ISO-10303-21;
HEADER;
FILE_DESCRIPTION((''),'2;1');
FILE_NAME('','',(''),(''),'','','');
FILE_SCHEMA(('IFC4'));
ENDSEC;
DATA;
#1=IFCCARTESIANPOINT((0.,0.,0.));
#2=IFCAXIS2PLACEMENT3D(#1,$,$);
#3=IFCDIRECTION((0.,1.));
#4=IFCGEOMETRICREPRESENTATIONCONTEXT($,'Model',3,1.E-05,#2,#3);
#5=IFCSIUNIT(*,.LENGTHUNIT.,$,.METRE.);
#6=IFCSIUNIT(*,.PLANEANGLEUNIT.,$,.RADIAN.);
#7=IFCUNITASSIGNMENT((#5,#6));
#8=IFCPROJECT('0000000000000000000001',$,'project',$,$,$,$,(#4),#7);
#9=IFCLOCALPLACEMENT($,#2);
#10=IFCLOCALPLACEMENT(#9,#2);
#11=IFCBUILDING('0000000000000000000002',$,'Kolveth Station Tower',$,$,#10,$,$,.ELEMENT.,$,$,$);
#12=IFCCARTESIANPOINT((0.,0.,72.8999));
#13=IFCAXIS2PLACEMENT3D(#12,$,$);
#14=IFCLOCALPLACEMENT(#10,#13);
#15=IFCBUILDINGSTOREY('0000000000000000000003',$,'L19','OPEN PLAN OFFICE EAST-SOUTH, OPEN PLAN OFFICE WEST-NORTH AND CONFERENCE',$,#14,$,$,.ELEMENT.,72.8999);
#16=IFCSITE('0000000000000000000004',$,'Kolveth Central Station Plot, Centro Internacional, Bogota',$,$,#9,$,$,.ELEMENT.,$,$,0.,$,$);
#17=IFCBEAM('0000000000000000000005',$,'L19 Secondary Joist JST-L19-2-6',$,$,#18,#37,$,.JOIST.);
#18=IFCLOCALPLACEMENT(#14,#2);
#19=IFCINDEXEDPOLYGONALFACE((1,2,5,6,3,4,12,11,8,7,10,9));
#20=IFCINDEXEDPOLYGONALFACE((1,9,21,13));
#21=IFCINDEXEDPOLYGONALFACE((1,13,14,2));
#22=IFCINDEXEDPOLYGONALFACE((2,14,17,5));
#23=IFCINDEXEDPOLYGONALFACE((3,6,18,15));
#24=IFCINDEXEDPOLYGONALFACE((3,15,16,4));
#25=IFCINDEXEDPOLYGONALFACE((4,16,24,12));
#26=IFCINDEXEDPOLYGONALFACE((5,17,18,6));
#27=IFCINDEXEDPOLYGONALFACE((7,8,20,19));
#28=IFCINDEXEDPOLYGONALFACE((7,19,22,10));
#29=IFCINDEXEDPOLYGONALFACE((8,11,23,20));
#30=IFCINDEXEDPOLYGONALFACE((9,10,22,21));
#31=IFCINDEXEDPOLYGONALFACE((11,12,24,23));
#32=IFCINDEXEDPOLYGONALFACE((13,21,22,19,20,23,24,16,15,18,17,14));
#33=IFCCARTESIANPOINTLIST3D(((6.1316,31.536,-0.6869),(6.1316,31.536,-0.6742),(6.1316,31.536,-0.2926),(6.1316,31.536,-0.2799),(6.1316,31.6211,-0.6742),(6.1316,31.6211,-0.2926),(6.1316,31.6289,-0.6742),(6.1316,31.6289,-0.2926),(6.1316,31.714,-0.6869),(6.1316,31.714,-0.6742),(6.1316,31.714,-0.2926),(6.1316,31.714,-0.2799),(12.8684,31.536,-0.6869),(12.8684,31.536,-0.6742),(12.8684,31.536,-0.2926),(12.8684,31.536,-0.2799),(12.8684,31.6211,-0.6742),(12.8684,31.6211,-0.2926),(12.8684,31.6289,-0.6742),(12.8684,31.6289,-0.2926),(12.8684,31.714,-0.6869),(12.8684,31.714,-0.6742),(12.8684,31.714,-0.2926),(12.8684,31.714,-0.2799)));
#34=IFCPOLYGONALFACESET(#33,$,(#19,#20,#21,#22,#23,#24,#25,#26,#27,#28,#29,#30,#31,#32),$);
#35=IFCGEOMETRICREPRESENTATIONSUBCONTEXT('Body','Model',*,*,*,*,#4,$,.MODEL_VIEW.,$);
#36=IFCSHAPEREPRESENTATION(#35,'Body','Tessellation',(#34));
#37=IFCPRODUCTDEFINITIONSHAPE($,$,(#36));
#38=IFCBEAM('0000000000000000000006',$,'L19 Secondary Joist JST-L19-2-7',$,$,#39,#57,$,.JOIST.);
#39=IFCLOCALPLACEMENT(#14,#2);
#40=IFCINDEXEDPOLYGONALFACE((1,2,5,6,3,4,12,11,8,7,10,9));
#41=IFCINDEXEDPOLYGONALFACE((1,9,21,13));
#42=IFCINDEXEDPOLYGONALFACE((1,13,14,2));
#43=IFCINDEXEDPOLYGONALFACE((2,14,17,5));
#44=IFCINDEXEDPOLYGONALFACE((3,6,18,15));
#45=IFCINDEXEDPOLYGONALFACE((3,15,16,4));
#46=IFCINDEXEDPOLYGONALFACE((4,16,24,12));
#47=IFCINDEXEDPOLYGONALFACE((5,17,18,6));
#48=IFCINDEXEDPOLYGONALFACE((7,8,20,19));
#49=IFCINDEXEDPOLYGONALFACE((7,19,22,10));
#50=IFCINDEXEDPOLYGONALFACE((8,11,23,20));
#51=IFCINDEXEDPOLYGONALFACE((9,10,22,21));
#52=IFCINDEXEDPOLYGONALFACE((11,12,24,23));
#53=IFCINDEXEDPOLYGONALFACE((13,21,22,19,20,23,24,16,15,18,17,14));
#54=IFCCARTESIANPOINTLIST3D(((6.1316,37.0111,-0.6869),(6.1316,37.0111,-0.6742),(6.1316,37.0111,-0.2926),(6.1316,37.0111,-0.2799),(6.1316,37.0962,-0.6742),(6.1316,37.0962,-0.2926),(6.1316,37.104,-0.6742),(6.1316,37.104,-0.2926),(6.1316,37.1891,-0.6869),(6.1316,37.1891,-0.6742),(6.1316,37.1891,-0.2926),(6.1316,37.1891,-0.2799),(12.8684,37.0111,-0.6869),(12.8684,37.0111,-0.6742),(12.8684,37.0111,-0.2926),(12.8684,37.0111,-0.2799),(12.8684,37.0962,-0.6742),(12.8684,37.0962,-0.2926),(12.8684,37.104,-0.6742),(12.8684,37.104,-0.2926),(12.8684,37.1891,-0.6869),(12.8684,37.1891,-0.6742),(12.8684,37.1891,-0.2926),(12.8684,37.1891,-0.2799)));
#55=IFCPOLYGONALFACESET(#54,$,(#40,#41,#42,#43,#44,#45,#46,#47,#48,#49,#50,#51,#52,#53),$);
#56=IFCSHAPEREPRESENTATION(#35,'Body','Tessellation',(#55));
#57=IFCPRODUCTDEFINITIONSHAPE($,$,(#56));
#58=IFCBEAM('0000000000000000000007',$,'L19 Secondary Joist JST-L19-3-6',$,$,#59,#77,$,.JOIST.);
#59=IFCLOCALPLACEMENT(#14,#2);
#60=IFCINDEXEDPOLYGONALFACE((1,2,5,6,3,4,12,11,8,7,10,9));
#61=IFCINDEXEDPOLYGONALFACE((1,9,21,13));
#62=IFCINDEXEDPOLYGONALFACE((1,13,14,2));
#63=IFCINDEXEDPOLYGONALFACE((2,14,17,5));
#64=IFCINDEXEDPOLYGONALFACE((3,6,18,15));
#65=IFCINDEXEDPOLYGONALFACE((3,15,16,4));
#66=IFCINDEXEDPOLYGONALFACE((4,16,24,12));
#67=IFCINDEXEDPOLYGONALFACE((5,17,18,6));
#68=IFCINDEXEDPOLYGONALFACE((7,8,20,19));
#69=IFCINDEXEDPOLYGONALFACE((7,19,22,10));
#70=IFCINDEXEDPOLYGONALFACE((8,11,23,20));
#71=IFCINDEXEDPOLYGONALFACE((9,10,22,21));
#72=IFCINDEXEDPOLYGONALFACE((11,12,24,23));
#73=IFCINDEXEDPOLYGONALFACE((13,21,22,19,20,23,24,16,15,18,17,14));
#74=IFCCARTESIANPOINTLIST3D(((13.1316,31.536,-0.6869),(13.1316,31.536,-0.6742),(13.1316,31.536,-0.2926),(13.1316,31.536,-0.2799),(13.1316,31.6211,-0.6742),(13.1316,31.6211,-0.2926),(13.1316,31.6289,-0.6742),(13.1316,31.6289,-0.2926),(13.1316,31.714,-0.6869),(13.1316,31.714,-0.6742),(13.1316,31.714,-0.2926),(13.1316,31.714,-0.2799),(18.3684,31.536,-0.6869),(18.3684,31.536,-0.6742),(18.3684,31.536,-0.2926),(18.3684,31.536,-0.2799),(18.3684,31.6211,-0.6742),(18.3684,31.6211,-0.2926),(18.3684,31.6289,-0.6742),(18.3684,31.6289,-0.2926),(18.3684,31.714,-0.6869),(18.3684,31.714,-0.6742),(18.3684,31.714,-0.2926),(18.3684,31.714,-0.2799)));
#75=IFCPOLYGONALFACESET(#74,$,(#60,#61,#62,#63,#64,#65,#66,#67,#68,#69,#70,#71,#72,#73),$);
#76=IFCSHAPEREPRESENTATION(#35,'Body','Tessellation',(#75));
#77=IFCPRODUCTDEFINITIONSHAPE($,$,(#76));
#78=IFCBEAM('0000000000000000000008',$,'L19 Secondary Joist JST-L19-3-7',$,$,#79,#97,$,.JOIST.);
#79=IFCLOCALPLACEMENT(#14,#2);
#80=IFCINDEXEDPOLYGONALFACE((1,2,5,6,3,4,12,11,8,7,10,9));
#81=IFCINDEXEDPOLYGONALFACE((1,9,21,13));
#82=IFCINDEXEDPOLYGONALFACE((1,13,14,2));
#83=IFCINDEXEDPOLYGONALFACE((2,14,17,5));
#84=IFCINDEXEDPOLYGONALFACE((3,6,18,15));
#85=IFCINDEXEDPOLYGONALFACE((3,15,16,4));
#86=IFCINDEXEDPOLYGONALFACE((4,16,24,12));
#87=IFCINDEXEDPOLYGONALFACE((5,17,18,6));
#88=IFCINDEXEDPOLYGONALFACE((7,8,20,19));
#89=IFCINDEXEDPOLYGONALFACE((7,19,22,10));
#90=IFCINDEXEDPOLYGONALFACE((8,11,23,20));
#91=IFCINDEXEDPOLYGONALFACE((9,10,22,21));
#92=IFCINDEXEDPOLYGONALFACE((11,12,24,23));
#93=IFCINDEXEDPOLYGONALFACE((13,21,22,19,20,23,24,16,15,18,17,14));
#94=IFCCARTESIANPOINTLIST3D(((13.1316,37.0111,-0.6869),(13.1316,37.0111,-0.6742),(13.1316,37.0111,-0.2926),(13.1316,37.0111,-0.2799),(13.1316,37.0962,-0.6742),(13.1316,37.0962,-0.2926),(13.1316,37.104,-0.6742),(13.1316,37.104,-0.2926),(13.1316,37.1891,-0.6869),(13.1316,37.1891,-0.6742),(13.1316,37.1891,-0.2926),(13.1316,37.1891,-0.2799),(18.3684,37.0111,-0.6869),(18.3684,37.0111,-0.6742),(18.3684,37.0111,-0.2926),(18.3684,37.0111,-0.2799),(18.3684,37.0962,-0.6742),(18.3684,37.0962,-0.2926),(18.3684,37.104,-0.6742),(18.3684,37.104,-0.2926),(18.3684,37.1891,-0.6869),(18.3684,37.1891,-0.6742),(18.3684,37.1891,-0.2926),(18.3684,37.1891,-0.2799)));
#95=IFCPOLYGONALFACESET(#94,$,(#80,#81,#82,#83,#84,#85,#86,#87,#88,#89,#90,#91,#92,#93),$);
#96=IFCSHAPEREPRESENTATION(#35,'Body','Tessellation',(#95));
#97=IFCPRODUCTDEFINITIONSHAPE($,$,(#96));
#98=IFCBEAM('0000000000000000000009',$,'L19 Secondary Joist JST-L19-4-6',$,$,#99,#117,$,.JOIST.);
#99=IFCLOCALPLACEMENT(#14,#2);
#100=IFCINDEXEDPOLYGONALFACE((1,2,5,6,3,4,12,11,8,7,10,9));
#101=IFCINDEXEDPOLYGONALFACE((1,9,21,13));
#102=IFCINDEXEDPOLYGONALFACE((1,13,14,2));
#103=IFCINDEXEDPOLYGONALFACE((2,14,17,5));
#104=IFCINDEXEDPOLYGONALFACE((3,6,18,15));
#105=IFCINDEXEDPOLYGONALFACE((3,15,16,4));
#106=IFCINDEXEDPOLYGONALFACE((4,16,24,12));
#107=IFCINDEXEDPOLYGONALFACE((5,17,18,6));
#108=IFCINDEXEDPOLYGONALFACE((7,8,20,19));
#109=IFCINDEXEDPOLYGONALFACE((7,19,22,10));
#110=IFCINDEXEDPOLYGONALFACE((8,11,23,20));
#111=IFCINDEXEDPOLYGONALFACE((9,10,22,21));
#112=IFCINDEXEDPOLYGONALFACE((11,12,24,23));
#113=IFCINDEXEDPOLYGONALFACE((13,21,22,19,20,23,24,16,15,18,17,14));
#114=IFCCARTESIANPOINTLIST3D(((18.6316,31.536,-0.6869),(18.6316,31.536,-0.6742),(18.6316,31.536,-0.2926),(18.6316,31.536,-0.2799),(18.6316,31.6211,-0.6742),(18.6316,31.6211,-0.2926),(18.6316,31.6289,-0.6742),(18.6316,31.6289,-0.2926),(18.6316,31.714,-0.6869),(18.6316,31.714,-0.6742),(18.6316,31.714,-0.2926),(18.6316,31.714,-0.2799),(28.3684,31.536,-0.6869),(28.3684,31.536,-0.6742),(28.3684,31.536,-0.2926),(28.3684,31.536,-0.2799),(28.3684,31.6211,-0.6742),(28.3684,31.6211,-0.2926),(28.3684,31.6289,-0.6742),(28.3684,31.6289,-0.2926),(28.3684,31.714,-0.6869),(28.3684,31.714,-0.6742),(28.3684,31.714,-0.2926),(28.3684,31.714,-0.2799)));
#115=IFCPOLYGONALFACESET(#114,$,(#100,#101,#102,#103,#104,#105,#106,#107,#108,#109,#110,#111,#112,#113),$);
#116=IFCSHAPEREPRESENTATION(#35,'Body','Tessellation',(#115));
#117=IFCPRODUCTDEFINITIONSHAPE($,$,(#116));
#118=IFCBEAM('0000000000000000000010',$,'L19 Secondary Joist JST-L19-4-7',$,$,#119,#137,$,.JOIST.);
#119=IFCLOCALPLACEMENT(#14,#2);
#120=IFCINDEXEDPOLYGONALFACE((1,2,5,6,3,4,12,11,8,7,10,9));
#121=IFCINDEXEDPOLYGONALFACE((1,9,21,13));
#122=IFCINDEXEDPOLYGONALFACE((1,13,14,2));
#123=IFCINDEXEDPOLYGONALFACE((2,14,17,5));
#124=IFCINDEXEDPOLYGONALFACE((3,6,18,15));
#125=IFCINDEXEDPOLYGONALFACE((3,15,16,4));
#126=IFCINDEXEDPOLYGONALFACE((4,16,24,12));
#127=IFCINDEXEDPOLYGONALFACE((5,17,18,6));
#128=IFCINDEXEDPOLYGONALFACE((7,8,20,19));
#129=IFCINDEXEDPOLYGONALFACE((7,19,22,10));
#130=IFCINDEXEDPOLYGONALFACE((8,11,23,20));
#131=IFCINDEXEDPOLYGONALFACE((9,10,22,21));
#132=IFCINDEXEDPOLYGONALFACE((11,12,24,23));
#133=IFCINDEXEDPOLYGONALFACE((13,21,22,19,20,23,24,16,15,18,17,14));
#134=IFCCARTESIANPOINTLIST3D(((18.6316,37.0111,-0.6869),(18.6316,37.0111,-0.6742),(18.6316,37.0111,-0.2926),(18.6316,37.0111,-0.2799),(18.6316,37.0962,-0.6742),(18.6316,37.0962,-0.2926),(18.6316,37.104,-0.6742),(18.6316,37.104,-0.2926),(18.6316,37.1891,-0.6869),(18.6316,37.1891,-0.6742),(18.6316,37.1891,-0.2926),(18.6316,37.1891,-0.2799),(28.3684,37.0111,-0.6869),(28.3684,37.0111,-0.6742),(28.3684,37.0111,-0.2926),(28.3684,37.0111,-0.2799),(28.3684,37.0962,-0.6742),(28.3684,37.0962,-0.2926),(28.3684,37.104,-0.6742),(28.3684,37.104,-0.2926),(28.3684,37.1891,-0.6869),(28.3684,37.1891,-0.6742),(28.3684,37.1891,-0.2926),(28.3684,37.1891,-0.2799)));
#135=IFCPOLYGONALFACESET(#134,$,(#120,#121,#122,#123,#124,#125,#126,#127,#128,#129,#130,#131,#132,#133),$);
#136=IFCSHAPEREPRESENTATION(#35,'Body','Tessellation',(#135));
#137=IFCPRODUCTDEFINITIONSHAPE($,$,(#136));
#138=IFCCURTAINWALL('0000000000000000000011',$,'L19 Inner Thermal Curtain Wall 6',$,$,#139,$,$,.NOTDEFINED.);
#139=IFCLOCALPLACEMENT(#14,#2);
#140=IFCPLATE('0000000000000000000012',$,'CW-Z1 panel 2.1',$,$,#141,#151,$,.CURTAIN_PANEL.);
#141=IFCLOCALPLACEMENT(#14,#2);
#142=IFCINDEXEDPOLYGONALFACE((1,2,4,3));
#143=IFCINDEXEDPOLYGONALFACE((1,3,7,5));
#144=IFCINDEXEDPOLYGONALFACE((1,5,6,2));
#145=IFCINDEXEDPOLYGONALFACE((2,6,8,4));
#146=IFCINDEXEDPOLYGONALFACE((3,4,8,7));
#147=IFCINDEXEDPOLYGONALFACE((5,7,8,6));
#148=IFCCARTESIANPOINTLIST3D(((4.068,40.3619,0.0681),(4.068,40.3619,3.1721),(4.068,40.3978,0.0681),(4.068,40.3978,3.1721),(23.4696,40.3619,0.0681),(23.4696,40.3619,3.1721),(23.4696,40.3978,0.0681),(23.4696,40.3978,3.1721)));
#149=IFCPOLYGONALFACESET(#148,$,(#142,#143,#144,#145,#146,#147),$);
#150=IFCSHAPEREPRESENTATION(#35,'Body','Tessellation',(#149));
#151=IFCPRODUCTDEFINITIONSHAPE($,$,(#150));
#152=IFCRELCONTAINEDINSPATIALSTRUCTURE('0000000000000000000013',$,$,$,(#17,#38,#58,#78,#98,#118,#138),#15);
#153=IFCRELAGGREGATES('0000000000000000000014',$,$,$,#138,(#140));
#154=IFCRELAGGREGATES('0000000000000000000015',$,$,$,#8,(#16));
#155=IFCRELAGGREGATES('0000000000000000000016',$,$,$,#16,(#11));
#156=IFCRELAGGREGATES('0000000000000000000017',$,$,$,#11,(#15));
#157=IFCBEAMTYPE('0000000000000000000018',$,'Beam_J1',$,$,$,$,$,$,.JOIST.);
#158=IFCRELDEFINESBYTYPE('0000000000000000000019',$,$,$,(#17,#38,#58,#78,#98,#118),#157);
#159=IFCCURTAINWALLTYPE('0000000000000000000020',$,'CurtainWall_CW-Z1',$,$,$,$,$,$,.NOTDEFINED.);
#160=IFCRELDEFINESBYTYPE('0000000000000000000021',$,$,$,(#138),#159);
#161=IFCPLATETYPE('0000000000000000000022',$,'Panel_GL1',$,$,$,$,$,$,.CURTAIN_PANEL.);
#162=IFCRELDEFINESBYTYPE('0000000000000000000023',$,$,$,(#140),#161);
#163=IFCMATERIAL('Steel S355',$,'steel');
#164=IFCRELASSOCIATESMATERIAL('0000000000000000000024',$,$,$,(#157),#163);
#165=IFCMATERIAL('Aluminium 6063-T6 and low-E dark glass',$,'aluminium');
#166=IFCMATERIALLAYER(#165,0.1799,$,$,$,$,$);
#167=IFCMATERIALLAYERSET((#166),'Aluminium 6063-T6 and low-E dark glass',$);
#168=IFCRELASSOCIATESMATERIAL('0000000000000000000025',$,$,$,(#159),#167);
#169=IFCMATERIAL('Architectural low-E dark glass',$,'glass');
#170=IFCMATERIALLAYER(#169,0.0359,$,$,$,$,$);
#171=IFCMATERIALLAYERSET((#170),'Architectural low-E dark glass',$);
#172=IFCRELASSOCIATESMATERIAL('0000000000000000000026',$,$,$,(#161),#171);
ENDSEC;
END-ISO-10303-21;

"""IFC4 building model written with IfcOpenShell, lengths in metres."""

from ifc_helpers import new_model, si_unit, direction, frame, origin, origin_2d, place, context, subcontext, project, spatial, rectangle, i_section, extrude, source, transform, mapped, material, layer, layer_set, material_profile, profile_set, type_object, element, aggregate, save


model = new_model("IFC4")

# Units and contexts
model_context = context("Model", 3, precision=1e-05, world=origin(), true_north=direction((0.0, 1.0)))
body_context = subcontext(model_context, "Body", "Model", "MODEL_VIEW")
ifc_project = project(units=[si_unit("LENGTHUNIT", "METRE"), si_unit("PLANEANGLEUNIT", "RADIAN")], contexts=[model_context])

# Site, building, storey
site_placement = place(None, origin())
site = spatial("IfcSite", under=ifc_project, at=site_placement, Name="Kolveth Central Station Plot, Centro Internacional, Bogota", CompositionType="ELEMENT", RefElevation=0.0)
building_placement = place(site_placement, origin())
building = spatial("IfcBuilding", under=site, at=building_placement, Name="Kolveth Station Tower", CompositionType="ELEMENT")
storey_placement = place(building_placement, frame((0.0, 0.0, 72.8999)))
storey = spatial("IfcBuildingStorey", under=building, at=storey_placement, Name="L19", Description="OPEN PLAN OFFICE EAST-SOUTH, OPEN PLAN OFFICE WEST-NORTH AND CONFERENCE", CompositionType="ELEMENT", Elevation=72.8999)

# Shared definitions
ifc_material_1 = material(Name="Steel S355", Category="steel")

# Beams
ifc_material_profile_1 = material_profile(ifc_material_1, i_section(OverallWidth=0.178, OverallDepth=0.407, WebThickness=0.0078, FlangeThickness=0.0127, at=origin_2d()), Name="W410x60")
ifc_profile_set_1 = profile_set([ifc_material_profile_1], Name="Steel S355")
beam_type_1 = type_object("IfcBeamType", Name="Beam_J1", PredefinedType="JOIST", material=ifc_profile_set_1)
shared_shape_1 = source(origin(), body_context, "Body", "SweptSolid", [
    extrude(i_section(OverallWidth=0.178, OverallDepth=0.407, WebThickness=0.0078, FlangeThickness=0.0127, at=origin_2d()), origin(), (0.0, 0.0, 1.0), 6.7368),
])
for number, where, z_axis, x_axis, name in (
    (1, (6.1316, 31.625, -0.4834), (1.0, 0.0, 0.0), (0.0, 1.0, 0.0), "L19 Secondary Joist JST-L19-2-6"),
    (2, (6.1316, 37.1001, -0.4834), (1.0, 0.0, 0.0), (0.0, 1.0, 0.0), "L19 Secondary Joist JST-L19-2-7"),
):
    element("IfcBeam", number, at=place(storey_placement, frame(where, z_axis=z_axis, x_axis=x_axis)), inside=storey, type_object=beam_type_1, Name=name, PredefinedType="JOIST", context=body_context, shape_type="MappedRepresentation", body=[
        mapped(shared_shape_1, transform((0.0, 0.0, 0.0), x_axis=(1.0, 0.0, 0.0), y_axis=(0.0, 1.0, 0.0), z_axis=(0.0, 0.0, 1.0), scale=1.0)),
    ])
shared_shape_2 = source(origin(), body_context, "Body", "SweptSolid", [
    extrude(i_section(OverallWidth=0.178, OverallDepth=0.407, WebThickness=0.0078, FlangeThickness=0.0127, at=origin_2d()), origin(), (0.0, 0.0, 1.0), 5.2368),
])
for number, where, z_axis, x_axis, name in (
    (3, (13.1316, 31.625, -0.4834), (1.0, 0.0, 0.0), (0.0, 1.0, 0.0), "L19 Secondary Joist JST-L19-3-6"),
    (4, (13.1316, 37.1001, -0.4834), (1.0, 0.0, 0.0), (0.0, 1.0, 0.0), "L19 Secondary Joist JST-L19-3-7"),
):
    element("IfcBeam", number, at=place(storey_placement, frame(where, z_axis=z_axis, x_axis=x_axis)), inside=storey, type_object=beam_type_1, Name=name, PredefinedType="JOIST", context=body_context, shape_type="MappedRepresentation", body=[
        mapped(shared_shape_2, transform((0.0, 0.0, 0.0), x_axis=(1.0, 0.0, 0.0), y_axis=(0.0, 1.0, 0.0), z_axis=(0.0, 0.0, 1.0), scale=1.0)),
    ])
shared_shape_3 = source(origin(), body_context, "Body", "SweptSolid", [
    extrude(i_section(OverallWidth=0.178, OverallDepth=0.407, WebThickness=0.0078, FlangeThickness=0.0127, at=origin_2d()), origin(), (0.0, 0.0, 1.0), 9.7368),
])
for number, where, z_axis, x_axis, name in (
    (5, (18.6316, 31.625, -0.4834), (1.0, 0.0, 0.0), (0.0, 1.0, 0.0), "L19 Secondary Joist JST-L19-4-6"),
    (6, (18.6316, 37.1001, -0.4834), (1.0, 0.0, 0.0), (0.0, 1.0, 0.0), "L19 Secondary Joist JST-L19-4-7"),
):
    element("IfcBeam", number, at=place(storey_placement, frame(where, z_axis=z_axis, x_axis=x_axis)), inside=storey, type_object=beam_type_1, Name=name, PredefinedType="JOIST", context=body_context, shape_type="MappedRepresentation", body=[
        mapped(shared_shape_3, transform((0.0, 0.0, 0.0), x_axis=(1.0, 0.0, 0.0), y_axis=(0.0, 1.0, 0.0), z_axis=(0.0, 0.0, 1.0), scale=1.0)),
    ])

# Curtain wall, plate
ifc_material_2 = material(Name="Aluminium 6063-T6 and low-E dark glass", Category="aluminium")
ifc_layer_1 = layer(ifc_material_2, 0.1799)
ifc_layer_set_1 = layer_set([ifc_layer_1], Name="Aluminium 6063-T6 and low-E dark glass")
curtain_wall_type = type_object("IfcCurtainWallType", Name="CurtainWall_CW-Z1", PredefinedType="NOTDEFINED", material=ifc_layer_set_1)
curtain_wall_placement = place(storey_placement, origin())
curtain_wall = element("IfcCurtainWall", 7, at=curtain_wall_placement, inside=storey, type_object=curtain_wall_type, Name="L19 Inner Thermal Curtain Wall 6", PredefinedType="NOTDEFINED")
ifc_material_3 = material(Name="Architectural low-E dark glass", Category="glass")
ifc_layer_2 = layer(ifc_material_3, 0.0359)
ifc_layer_set_2 = layer_set([ifc_layer_2], Name="Architectural low-E dark glass")
plate_type = type_object("IfcPlateType", Name="Panel_GL1", PredefinedType="CURTAIN_PANEL", material=ifc_layer_set_2)
shared_shape_4 = source(origin(), body_context, "Body", "SweptSolid", [
    extrude(rectangle(XDim=19.4016, YDim=0.0359, at=origin_2d()), origin(), (0.0, 0.0, 1.0), 3.104),
])
plate_placement = place(storey_placement, frame((13.7688, 40.3799, 0.0681), z_axis=(0.0, 0.0, 1.0), x_axis=(-1.0, 0.0, 0.0)))
plate = element("IfcPlate", 8, at=plate_placement, type_object=plate_type, Name="CW-Z1 panel 2.1", PredefinedType="CURTAIN_PANEL", context=body_context, shape_type="MappedRepresentation", body=[
    mapped(shared_shape_4, transform((0.0, 0.0, 0.0), x_axis=(1.0, 0.0, 0.0), y_axis=(0.0, 1.0, 0.0), z_axis=(0.0, 0.0, 1.0), scale=1.0)),
])
aggregate(curtain_wall, [plate])

save(model, "model.ifc")
